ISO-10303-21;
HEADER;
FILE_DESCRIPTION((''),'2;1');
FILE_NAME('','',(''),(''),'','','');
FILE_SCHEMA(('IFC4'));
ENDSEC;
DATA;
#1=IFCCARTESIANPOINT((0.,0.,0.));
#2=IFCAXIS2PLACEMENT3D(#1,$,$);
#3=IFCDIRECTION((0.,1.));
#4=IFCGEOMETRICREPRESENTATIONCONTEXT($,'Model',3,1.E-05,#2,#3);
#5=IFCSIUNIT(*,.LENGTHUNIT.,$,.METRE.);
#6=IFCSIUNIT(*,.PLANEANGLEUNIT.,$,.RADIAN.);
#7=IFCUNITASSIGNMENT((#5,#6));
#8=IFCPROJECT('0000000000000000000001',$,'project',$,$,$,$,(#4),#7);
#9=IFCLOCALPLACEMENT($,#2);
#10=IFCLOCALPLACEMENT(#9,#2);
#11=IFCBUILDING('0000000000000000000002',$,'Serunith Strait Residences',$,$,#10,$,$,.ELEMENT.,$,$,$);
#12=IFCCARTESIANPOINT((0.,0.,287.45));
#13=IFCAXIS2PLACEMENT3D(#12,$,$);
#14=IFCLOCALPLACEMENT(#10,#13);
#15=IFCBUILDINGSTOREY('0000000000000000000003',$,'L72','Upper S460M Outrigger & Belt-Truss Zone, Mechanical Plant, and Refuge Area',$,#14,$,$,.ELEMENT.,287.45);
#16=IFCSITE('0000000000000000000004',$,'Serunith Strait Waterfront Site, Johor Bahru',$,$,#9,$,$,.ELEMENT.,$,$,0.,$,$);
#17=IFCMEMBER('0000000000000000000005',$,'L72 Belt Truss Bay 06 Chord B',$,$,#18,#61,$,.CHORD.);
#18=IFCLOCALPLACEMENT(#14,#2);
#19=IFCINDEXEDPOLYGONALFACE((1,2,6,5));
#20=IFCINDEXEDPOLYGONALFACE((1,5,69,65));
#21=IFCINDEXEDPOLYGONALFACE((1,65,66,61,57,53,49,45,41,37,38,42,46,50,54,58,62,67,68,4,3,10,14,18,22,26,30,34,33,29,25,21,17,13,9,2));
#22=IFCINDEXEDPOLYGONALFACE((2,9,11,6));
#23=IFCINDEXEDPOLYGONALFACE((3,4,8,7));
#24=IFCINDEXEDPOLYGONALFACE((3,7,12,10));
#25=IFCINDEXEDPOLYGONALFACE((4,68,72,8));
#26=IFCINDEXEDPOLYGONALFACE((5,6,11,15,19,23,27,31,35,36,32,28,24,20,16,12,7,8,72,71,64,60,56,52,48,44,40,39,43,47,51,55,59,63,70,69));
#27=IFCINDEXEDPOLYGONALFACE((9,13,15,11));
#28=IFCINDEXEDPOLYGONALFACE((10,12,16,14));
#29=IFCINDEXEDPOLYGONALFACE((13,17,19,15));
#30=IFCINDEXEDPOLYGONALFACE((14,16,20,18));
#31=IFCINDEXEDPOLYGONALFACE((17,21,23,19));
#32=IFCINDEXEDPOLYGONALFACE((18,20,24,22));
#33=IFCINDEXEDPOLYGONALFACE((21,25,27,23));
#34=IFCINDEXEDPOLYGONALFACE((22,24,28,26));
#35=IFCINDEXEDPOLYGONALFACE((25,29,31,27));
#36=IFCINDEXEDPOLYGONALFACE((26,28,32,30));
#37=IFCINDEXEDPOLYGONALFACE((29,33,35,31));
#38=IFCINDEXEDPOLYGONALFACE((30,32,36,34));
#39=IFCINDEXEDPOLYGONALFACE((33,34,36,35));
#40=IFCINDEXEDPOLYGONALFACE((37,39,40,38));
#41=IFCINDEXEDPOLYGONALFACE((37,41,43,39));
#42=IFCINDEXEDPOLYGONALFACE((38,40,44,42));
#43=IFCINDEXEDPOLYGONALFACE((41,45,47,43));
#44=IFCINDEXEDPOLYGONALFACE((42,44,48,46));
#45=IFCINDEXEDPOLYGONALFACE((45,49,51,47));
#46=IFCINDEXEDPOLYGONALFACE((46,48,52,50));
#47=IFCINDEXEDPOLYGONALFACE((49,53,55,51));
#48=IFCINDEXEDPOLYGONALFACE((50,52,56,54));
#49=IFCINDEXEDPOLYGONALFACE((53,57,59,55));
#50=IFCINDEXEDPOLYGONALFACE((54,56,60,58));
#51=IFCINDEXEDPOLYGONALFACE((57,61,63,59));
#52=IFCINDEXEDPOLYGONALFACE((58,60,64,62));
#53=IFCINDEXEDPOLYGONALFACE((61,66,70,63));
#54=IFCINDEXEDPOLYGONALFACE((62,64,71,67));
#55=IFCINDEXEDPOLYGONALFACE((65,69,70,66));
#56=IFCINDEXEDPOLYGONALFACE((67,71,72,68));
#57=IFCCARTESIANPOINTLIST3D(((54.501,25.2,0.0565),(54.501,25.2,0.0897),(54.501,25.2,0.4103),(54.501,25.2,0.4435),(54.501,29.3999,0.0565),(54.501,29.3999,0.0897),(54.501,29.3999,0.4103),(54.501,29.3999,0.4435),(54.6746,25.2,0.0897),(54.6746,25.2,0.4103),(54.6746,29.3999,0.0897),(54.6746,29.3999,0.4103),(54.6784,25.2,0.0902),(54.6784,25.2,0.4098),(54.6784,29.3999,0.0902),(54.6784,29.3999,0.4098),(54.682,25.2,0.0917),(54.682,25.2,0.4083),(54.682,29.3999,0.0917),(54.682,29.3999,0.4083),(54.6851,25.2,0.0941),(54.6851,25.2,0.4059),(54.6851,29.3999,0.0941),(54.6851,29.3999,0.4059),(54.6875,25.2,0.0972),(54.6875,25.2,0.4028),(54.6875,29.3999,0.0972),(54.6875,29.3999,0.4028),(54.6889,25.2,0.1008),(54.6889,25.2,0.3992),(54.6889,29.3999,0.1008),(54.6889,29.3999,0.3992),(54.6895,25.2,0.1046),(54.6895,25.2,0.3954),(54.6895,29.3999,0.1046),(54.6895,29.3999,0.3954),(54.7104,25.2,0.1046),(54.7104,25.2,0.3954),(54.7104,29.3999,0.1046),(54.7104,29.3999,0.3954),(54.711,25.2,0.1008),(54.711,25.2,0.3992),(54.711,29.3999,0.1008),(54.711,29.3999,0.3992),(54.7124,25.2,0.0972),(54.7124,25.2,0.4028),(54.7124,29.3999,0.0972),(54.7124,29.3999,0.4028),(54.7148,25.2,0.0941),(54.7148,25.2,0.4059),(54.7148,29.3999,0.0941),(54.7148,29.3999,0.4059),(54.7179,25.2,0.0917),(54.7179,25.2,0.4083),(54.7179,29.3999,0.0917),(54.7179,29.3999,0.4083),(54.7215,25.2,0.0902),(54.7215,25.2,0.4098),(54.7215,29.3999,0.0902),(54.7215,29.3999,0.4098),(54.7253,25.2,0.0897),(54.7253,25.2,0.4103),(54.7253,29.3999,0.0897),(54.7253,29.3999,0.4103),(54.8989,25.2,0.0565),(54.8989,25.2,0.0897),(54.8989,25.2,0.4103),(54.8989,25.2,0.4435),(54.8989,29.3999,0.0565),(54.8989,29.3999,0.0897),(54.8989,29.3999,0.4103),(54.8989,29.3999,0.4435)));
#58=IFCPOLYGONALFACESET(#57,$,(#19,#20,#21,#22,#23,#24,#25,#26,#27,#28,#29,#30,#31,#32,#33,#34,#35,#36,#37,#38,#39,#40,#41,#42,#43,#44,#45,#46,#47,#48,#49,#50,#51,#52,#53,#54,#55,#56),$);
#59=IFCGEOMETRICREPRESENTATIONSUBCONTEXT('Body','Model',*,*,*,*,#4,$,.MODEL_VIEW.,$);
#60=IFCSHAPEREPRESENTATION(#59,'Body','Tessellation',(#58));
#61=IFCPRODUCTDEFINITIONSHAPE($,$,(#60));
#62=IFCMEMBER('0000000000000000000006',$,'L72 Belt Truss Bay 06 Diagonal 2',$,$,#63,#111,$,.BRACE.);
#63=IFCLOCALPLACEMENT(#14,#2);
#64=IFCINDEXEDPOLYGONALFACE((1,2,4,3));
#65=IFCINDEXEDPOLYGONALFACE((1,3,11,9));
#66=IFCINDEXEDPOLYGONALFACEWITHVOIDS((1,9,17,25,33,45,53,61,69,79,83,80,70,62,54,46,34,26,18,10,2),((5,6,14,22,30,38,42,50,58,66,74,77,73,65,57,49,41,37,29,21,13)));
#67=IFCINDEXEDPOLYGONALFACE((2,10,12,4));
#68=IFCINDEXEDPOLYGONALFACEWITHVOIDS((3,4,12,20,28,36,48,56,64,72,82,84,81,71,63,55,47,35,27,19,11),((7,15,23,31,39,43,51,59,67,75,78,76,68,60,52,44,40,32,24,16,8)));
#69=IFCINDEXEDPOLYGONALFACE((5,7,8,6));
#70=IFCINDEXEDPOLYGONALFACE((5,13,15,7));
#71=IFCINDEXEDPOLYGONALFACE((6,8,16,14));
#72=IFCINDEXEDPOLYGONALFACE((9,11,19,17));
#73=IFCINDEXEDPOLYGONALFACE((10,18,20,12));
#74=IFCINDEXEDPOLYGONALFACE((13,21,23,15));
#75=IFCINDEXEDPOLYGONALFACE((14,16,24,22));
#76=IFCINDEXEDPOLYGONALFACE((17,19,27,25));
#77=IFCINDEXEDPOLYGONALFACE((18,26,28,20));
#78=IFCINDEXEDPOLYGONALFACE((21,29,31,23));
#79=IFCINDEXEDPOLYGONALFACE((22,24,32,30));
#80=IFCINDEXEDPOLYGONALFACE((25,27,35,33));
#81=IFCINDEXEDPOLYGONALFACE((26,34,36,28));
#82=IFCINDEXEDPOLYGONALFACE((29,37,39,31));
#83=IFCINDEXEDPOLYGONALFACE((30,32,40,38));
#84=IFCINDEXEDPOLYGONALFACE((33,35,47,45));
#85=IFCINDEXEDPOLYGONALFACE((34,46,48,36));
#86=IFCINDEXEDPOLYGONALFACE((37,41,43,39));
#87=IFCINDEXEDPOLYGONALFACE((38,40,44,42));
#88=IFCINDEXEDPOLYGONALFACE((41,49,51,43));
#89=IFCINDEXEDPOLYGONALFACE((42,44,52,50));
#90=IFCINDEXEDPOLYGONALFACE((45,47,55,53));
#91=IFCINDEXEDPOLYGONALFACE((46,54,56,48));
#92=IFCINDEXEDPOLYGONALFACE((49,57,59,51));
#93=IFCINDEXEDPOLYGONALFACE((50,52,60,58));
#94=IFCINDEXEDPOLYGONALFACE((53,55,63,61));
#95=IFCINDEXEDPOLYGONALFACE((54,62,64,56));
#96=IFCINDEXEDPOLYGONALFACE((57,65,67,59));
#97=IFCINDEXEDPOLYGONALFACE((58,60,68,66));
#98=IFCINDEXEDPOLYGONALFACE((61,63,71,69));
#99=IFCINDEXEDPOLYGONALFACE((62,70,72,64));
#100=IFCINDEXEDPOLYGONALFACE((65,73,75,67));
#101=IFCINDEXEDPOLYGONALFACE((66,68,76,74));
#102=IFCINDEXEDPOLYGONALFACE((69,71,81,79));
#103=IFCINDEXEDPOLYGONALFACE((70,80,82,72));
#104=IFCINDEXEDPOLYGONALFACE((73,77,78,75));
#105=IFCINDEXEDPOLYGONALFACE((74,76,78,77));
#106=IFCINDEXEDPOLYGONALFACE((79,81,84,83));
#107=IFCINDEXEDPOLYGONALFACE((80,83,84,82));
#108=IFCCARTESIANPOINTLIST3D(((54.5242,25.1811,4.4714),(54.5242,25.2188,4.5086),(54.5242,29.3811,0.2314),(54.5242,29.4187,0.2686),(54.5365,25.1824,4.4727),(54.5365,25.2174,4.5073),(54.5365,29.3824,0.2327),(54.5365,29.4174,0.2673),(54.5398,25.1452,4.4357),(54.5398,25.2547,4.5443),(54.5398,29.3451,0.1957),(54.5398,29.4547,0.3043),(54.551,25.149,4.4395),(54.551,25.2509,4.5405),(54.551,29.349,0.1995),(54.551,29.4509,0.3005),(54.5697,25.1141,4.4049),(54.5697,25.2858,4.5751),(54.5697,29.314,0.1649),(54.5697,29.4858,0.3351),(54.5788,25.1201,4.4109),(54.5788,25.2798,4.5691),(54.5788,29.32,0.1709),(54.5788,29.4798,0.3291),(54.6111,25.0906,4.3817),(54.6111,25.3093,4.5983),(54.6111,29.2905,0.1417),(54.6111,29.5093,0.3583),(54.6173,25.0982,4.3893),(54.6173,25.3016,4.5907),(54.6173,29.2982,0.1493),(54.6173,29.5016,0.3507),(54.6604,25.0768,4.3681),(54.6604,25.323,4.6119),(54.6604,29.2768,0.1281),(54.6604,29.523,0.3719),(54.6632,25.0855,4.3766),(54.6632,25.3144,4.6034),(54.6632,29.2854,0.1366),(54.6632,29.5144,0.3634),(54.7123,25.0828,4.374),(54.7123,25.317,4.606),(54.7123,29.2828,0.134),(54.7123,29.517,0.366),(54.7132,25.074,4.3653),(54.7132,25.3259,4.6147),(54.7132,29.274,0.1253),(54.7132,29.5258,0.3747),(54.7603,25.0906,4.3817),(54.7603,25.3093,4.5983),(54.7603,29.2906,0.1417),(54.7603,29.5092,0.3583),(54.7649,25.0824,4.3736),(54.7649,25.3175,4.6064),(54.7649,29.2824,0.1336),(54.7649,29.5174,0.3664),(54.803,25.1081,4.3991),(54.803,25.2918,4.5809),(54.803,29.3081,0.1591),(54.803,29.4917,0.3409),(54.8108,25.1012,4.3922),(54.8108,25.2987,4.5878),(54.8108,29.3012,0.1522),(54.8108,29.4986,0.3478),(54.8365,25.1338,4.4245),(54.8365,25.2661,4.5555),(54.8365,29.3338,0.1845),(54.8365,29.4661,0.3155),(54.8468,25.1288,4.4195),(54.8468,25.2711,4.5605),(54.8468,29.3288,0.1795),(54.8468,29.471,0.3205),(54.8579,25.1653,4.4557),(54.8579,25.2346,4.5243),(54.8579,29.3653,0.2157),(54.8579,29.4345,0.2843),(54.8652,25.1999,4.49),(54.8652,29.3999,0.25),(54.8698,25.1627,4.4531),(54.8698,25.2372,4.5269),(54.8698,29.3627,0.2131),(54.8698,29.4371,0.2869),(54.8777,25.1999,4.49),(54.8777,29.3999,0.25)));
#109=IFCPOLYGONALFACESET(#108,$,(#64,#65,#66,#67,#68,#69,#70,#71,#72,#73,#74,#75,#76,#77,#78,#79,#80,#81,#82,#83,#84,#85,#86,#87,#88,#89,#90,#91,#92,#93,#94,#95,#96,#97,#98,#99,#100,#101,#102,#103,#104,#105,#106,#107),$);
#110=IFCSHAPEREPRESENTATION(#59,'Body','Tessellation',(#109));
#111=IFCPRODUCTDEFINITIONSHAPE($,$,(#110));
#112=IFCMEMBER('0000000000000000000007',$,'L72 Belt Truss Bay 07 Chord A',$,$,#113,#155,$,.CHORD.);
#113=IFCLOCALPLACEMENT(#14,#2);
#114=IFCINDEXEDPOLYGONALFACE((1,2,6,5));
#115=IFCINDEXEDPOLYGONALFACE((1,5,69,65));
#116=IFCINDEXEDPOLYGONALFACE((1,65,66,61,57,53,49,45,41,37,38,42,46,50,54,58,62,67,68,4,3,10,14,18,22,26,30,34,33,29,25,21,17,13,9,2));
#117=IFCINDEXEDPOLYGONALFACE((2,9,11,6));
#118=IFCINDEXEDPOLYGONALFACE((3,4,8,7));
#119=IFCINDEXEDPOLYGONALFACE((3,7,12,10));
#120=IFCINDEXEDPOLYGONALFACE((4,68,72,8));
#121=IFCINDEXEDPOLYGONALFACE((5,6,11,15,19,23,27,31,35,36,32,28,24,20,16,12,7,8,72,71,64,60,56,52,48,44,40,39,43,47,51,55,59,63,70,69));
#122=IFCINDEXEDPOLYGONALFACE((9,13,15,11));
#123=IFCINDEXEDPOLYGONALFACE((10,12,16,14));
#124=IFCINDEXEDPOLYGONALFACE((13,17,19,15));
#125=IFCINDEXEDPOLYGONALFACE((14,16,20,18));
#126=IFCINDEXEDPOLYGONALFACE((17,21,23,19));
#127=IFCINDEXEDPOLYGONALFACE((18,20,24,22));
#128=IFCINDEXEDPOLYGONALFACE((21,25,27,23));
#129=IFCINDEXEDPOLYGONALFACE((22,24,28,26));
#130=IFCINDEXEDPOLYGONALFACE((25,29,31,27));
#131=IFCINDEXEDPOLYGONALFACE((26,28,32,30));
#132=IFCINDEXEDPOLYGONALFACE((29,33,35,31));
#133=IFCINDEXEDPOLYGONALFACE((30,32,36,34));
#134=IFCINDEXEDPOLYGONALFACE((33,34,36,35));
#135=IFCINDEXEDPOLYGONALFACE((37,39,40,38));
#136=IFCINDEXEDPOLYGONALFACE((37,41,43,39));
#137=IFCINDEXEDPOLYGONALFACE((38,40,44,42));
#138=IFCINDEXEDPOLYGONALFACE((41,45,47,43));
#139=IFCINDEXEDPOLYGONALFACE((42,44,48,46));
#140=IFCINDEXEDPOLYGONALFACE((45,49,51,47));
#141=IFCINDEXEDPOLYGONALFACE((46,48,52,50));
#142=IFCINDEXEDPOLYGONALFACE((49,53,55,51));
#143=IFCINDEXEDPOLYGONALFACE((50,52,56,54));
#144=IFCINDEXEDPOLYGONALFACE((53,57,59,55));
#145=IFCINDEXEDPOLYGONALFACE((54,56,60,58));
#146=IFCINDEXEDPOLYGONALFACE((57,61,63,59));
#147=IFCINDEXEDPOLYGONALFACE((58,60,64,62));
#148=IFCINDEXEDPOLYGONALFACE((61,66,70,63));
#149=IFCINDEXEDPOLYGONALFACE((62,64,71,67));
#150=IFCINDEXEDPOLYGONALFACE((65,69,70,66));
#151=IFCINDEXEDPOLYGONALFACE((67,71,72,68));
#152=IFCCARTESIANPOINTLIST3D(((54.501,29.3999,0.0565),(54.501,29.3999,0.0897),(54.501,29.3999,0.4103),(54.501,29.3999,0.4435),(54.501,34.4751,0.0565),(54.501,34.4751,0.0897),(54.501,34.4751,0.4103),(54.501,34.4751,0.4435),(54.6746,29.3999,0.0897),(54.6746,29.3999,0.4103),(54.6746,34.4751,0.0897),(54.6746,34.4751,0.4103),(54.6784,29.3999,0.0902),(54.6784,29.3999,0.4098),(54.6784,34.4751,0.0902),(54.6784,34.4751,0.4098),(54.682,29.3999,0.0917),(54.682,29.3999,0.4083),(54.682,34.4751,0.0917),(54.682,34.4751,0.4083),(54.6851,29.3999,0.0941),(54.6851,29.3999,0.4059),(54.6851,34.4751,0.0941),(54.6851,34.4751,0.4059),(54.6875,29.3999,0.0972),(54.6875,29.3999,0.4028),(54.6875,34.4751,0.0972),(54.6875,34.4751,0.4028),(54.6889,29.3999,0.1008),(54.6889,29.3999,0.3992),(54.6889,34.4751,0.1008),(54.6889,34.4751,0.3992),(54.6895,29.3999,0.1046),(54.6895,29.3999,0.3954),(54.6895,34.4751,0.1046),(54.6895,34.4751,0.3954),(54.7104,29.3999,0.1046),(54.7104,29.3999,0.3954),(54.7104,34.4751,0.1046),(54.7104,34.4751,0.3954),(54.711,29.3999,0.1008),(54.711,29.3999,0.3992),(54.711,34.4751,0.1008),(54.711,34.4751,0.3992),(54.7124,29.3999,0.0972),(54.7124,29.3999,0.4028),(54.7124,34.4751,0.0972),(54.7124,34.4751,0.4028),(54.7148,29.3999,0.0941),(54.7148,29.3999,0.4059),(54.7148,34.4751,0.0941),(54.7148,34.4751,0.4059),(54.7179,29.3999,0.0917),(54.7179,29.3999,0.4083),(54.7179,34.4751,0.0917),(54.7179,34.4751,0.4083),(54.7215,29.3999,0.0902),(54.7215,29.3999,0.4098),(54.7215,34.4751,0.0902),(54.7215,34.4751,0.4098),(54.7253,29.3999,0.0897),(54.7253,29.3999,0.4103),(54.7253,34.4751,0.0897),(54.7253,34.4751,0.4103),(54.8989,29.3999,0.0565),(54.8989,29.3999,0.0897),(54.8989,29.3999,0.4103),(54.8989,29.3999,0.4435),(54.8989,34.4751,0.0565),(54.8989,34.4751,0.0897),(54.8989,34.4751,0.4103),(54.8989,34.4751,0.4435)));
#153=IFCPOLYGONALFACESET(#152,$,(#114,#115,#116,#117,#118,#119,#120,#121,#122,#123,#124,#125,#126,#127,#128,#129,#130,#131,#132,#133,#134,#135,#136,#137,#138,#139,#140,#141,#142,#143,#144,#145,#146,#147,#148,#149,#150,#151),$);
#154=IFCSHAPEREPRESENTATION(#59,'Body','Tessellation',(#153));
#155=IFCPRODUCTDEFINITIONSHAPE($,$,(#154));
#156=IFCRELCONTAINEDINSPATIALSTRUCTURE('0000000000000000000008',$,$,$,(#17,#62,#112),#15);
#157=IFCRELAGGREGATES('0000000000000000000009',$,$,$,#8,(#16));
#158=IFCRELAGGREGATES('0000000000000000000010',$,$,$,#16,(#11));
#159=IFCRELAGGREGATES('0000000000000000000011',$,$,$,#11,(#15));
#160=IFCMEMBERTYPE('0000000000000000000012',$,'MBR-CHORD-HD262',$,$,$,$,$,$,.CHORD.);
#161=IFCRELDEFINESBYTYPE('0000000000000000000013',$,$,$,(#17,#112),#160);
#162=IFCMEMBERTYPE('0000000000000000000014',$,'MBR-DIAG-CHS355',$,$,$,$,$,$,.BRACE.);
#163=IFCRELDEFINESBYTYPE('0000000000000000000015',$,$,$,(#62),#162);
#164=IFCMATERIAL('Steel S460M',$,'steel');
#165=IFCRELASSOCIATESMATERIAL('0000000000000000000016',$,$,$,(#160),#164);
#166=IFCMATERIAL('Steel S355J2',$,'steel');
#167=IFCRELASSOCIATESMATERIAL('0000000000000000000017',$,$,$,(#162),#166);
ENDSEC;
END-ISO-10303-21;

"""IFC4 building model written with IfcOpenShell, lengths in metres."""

from ifc_helpers import new_model, si_unit, direction, frame, origin, origin_2d, place, context, subcontext, project, spatial, hollow_circle, i_section, extrude, source, transform, mapped, material, material_profile, profile_set, type_object, element, save


model = new_model("IFC4")

# Units and contexts
model_context = context("Model", 3, precision=1e-05, world=origin(), true_north=direction((0.0, 1.0)))
body_context = subcontext(model_context, "Body", "Model", "MODEL_VIEW")
ifc_project = project(units=[si_unit("LENGTHUNIT", "METRE"), si_unit("PLANEANGLEUNIT", "RADIAN")], contexts=[model_context])

# Site, building, storey
site_placement = place(None, origin())
site = spatial("IfcSite", under=ifc_project, at=site_placement, Name="Serunith Strait Waterfront Site, Johor Bahru", CompositionType="ELEMENT", RefElevation=0.0)
building_placement = place(site_placement, origin())
building = spatial("IfcBuilding", under=site, at=building_placement, Name="Serunith Strait Residences", CompositionType="ELEMENT")
storey_placement = place(building_placement, frame((0.0, 0.0, 287.45)))
storey = spatial("IfcBuildingStorey", under=building, at=storey_placement, Name="L72", Description="Upper S460M Outrigger & Belt-Truss Zone, Mechanical Plant, and Refuge Area", CompositionType="ELEMENT", Elevation=287.45)

# Shared definitions
ifc_material_1 = material(Name="Steel S355J2", Category="steel")

# Members
ifc_material_2 = material(Name="Steel S460M", Category="steel")
ifc_material_profile_1 = material_profile(ifc_material_2, i_section(OverallWidth=0.3979, OverallDepth=0.387, WebThickness=0.021, FlangeThickness=0.0332, FilletRadius=0.0149, at=origin_2d()), Name="HD 400x262")
ifc_profile_set_1 = profile_set([ifc_material_profile_1], Name="Steel S460M")
member_type_1 = type_object("IfcMemberType", Name="MBR-CHORD-HD262", PredefinedType="CHORD", material=ifc_profile_set_1)
shared_shape_1 = source(origin(), body_context, "Body", "SweptSolid", [
    extrude(i_section(OverallWidth=0.3979, OverallDepth=0.387, WebThickness=0.021, FlangeThickness=0.0332, FilletRadius=0.0149, at=origin_2d()), origin(), (0.0, 0.0, 1.0), 4.2),
])
member_1_placement = place(storey_placement, frame((54.7, 25.2, 0.25), z_axis=(0.0, 1.0, 0.0), x_axis=(-1.0, 0.0, 0.0)))
element("IfcMember", 1, at=member_1_placement, inside=storey, type_object=member_type_1, Name="L72 Belt Truss Bay 06 Chord B", PredefinedType="CHORD", context=body_context, shape_type="MappedRepresentation", body=[
    mapped(shared_shape_1, transform((0.0, 0.0, 0.0), scale=1.0)),
])
ifc_material_profile_2 = material_profile(ifc_material_1, hollow_circle(Radius=0.1777, WallThickness=0.0125, at=origin_2d()), Name="CHS 355.6x12.5")
ifc_profile_set_2 = profile_set([ifc_material_profile_2], Name="Steel S355J2")
member_type_2 = type_object("IfcMemberType", Name="MBR-DIAG-CHS355", PredefinedType="BRACE", material=ifc_profile_set_2)
shared_shape_2 = source(origin(), body_context, "Body", "SweptSolid", [
    extrude(hollow_circle(Radius=0.1777, WallThickness=0.0125, at=origin_2d()), origin(), (0.0, 0.0, 1.0), 5.968),
])
member_2_placement = place(storey_placement, frame((54.7, 29.3999, 0.25), z_axis=(0.0, -0.703744, 0.710453), x_axis=(1.0, 0.0, 0.0)))
element("IfcMember", 2, at=member_2_placement, inside=storey, type_object=member_type_2, Name="L72 Belt Truss Bay 06 Diagonal 2", PredefinedType="BRACE", context=body_context, shape_type="MappedRepresentation", body=[
    mapped(shared_shape_2, transform((0.0, 0.0, 0.0), scale=1.0)),
])
shared_shape_3 = source(origin(), body_context, "Body", "SweptSolid", [
    extrude(i_section(OverallWidth=0.3979, OverallDepth=0.387, WebThickness=0.021, FlangeThickness=0.0332, FilletRadius=0.0149, at=origin_2d()), origin(), (0.0, 0.0, 1.0), 5.0752),
])
member_3_placement = place(storey_placement, frame((54.7, 29.3999, 0.25), z_axis=(0.0, 1.0, 0.0), x_axis=(-1.0, 0.0, 0.0)))
element("IfcMember", 3, at=member_3_placement, inside=storey, type_object=member_type_1, Name="L72 Belt Truss Bay 07 Chord A", PredefinedType="CHORD", context=body_context, shape_type="MappedRepresentation", body=[
    mapped(shared_shape_3, transform((0.0, 0.0, 0.0), scale=1.0)),
])

save(model, "model.ifc")
